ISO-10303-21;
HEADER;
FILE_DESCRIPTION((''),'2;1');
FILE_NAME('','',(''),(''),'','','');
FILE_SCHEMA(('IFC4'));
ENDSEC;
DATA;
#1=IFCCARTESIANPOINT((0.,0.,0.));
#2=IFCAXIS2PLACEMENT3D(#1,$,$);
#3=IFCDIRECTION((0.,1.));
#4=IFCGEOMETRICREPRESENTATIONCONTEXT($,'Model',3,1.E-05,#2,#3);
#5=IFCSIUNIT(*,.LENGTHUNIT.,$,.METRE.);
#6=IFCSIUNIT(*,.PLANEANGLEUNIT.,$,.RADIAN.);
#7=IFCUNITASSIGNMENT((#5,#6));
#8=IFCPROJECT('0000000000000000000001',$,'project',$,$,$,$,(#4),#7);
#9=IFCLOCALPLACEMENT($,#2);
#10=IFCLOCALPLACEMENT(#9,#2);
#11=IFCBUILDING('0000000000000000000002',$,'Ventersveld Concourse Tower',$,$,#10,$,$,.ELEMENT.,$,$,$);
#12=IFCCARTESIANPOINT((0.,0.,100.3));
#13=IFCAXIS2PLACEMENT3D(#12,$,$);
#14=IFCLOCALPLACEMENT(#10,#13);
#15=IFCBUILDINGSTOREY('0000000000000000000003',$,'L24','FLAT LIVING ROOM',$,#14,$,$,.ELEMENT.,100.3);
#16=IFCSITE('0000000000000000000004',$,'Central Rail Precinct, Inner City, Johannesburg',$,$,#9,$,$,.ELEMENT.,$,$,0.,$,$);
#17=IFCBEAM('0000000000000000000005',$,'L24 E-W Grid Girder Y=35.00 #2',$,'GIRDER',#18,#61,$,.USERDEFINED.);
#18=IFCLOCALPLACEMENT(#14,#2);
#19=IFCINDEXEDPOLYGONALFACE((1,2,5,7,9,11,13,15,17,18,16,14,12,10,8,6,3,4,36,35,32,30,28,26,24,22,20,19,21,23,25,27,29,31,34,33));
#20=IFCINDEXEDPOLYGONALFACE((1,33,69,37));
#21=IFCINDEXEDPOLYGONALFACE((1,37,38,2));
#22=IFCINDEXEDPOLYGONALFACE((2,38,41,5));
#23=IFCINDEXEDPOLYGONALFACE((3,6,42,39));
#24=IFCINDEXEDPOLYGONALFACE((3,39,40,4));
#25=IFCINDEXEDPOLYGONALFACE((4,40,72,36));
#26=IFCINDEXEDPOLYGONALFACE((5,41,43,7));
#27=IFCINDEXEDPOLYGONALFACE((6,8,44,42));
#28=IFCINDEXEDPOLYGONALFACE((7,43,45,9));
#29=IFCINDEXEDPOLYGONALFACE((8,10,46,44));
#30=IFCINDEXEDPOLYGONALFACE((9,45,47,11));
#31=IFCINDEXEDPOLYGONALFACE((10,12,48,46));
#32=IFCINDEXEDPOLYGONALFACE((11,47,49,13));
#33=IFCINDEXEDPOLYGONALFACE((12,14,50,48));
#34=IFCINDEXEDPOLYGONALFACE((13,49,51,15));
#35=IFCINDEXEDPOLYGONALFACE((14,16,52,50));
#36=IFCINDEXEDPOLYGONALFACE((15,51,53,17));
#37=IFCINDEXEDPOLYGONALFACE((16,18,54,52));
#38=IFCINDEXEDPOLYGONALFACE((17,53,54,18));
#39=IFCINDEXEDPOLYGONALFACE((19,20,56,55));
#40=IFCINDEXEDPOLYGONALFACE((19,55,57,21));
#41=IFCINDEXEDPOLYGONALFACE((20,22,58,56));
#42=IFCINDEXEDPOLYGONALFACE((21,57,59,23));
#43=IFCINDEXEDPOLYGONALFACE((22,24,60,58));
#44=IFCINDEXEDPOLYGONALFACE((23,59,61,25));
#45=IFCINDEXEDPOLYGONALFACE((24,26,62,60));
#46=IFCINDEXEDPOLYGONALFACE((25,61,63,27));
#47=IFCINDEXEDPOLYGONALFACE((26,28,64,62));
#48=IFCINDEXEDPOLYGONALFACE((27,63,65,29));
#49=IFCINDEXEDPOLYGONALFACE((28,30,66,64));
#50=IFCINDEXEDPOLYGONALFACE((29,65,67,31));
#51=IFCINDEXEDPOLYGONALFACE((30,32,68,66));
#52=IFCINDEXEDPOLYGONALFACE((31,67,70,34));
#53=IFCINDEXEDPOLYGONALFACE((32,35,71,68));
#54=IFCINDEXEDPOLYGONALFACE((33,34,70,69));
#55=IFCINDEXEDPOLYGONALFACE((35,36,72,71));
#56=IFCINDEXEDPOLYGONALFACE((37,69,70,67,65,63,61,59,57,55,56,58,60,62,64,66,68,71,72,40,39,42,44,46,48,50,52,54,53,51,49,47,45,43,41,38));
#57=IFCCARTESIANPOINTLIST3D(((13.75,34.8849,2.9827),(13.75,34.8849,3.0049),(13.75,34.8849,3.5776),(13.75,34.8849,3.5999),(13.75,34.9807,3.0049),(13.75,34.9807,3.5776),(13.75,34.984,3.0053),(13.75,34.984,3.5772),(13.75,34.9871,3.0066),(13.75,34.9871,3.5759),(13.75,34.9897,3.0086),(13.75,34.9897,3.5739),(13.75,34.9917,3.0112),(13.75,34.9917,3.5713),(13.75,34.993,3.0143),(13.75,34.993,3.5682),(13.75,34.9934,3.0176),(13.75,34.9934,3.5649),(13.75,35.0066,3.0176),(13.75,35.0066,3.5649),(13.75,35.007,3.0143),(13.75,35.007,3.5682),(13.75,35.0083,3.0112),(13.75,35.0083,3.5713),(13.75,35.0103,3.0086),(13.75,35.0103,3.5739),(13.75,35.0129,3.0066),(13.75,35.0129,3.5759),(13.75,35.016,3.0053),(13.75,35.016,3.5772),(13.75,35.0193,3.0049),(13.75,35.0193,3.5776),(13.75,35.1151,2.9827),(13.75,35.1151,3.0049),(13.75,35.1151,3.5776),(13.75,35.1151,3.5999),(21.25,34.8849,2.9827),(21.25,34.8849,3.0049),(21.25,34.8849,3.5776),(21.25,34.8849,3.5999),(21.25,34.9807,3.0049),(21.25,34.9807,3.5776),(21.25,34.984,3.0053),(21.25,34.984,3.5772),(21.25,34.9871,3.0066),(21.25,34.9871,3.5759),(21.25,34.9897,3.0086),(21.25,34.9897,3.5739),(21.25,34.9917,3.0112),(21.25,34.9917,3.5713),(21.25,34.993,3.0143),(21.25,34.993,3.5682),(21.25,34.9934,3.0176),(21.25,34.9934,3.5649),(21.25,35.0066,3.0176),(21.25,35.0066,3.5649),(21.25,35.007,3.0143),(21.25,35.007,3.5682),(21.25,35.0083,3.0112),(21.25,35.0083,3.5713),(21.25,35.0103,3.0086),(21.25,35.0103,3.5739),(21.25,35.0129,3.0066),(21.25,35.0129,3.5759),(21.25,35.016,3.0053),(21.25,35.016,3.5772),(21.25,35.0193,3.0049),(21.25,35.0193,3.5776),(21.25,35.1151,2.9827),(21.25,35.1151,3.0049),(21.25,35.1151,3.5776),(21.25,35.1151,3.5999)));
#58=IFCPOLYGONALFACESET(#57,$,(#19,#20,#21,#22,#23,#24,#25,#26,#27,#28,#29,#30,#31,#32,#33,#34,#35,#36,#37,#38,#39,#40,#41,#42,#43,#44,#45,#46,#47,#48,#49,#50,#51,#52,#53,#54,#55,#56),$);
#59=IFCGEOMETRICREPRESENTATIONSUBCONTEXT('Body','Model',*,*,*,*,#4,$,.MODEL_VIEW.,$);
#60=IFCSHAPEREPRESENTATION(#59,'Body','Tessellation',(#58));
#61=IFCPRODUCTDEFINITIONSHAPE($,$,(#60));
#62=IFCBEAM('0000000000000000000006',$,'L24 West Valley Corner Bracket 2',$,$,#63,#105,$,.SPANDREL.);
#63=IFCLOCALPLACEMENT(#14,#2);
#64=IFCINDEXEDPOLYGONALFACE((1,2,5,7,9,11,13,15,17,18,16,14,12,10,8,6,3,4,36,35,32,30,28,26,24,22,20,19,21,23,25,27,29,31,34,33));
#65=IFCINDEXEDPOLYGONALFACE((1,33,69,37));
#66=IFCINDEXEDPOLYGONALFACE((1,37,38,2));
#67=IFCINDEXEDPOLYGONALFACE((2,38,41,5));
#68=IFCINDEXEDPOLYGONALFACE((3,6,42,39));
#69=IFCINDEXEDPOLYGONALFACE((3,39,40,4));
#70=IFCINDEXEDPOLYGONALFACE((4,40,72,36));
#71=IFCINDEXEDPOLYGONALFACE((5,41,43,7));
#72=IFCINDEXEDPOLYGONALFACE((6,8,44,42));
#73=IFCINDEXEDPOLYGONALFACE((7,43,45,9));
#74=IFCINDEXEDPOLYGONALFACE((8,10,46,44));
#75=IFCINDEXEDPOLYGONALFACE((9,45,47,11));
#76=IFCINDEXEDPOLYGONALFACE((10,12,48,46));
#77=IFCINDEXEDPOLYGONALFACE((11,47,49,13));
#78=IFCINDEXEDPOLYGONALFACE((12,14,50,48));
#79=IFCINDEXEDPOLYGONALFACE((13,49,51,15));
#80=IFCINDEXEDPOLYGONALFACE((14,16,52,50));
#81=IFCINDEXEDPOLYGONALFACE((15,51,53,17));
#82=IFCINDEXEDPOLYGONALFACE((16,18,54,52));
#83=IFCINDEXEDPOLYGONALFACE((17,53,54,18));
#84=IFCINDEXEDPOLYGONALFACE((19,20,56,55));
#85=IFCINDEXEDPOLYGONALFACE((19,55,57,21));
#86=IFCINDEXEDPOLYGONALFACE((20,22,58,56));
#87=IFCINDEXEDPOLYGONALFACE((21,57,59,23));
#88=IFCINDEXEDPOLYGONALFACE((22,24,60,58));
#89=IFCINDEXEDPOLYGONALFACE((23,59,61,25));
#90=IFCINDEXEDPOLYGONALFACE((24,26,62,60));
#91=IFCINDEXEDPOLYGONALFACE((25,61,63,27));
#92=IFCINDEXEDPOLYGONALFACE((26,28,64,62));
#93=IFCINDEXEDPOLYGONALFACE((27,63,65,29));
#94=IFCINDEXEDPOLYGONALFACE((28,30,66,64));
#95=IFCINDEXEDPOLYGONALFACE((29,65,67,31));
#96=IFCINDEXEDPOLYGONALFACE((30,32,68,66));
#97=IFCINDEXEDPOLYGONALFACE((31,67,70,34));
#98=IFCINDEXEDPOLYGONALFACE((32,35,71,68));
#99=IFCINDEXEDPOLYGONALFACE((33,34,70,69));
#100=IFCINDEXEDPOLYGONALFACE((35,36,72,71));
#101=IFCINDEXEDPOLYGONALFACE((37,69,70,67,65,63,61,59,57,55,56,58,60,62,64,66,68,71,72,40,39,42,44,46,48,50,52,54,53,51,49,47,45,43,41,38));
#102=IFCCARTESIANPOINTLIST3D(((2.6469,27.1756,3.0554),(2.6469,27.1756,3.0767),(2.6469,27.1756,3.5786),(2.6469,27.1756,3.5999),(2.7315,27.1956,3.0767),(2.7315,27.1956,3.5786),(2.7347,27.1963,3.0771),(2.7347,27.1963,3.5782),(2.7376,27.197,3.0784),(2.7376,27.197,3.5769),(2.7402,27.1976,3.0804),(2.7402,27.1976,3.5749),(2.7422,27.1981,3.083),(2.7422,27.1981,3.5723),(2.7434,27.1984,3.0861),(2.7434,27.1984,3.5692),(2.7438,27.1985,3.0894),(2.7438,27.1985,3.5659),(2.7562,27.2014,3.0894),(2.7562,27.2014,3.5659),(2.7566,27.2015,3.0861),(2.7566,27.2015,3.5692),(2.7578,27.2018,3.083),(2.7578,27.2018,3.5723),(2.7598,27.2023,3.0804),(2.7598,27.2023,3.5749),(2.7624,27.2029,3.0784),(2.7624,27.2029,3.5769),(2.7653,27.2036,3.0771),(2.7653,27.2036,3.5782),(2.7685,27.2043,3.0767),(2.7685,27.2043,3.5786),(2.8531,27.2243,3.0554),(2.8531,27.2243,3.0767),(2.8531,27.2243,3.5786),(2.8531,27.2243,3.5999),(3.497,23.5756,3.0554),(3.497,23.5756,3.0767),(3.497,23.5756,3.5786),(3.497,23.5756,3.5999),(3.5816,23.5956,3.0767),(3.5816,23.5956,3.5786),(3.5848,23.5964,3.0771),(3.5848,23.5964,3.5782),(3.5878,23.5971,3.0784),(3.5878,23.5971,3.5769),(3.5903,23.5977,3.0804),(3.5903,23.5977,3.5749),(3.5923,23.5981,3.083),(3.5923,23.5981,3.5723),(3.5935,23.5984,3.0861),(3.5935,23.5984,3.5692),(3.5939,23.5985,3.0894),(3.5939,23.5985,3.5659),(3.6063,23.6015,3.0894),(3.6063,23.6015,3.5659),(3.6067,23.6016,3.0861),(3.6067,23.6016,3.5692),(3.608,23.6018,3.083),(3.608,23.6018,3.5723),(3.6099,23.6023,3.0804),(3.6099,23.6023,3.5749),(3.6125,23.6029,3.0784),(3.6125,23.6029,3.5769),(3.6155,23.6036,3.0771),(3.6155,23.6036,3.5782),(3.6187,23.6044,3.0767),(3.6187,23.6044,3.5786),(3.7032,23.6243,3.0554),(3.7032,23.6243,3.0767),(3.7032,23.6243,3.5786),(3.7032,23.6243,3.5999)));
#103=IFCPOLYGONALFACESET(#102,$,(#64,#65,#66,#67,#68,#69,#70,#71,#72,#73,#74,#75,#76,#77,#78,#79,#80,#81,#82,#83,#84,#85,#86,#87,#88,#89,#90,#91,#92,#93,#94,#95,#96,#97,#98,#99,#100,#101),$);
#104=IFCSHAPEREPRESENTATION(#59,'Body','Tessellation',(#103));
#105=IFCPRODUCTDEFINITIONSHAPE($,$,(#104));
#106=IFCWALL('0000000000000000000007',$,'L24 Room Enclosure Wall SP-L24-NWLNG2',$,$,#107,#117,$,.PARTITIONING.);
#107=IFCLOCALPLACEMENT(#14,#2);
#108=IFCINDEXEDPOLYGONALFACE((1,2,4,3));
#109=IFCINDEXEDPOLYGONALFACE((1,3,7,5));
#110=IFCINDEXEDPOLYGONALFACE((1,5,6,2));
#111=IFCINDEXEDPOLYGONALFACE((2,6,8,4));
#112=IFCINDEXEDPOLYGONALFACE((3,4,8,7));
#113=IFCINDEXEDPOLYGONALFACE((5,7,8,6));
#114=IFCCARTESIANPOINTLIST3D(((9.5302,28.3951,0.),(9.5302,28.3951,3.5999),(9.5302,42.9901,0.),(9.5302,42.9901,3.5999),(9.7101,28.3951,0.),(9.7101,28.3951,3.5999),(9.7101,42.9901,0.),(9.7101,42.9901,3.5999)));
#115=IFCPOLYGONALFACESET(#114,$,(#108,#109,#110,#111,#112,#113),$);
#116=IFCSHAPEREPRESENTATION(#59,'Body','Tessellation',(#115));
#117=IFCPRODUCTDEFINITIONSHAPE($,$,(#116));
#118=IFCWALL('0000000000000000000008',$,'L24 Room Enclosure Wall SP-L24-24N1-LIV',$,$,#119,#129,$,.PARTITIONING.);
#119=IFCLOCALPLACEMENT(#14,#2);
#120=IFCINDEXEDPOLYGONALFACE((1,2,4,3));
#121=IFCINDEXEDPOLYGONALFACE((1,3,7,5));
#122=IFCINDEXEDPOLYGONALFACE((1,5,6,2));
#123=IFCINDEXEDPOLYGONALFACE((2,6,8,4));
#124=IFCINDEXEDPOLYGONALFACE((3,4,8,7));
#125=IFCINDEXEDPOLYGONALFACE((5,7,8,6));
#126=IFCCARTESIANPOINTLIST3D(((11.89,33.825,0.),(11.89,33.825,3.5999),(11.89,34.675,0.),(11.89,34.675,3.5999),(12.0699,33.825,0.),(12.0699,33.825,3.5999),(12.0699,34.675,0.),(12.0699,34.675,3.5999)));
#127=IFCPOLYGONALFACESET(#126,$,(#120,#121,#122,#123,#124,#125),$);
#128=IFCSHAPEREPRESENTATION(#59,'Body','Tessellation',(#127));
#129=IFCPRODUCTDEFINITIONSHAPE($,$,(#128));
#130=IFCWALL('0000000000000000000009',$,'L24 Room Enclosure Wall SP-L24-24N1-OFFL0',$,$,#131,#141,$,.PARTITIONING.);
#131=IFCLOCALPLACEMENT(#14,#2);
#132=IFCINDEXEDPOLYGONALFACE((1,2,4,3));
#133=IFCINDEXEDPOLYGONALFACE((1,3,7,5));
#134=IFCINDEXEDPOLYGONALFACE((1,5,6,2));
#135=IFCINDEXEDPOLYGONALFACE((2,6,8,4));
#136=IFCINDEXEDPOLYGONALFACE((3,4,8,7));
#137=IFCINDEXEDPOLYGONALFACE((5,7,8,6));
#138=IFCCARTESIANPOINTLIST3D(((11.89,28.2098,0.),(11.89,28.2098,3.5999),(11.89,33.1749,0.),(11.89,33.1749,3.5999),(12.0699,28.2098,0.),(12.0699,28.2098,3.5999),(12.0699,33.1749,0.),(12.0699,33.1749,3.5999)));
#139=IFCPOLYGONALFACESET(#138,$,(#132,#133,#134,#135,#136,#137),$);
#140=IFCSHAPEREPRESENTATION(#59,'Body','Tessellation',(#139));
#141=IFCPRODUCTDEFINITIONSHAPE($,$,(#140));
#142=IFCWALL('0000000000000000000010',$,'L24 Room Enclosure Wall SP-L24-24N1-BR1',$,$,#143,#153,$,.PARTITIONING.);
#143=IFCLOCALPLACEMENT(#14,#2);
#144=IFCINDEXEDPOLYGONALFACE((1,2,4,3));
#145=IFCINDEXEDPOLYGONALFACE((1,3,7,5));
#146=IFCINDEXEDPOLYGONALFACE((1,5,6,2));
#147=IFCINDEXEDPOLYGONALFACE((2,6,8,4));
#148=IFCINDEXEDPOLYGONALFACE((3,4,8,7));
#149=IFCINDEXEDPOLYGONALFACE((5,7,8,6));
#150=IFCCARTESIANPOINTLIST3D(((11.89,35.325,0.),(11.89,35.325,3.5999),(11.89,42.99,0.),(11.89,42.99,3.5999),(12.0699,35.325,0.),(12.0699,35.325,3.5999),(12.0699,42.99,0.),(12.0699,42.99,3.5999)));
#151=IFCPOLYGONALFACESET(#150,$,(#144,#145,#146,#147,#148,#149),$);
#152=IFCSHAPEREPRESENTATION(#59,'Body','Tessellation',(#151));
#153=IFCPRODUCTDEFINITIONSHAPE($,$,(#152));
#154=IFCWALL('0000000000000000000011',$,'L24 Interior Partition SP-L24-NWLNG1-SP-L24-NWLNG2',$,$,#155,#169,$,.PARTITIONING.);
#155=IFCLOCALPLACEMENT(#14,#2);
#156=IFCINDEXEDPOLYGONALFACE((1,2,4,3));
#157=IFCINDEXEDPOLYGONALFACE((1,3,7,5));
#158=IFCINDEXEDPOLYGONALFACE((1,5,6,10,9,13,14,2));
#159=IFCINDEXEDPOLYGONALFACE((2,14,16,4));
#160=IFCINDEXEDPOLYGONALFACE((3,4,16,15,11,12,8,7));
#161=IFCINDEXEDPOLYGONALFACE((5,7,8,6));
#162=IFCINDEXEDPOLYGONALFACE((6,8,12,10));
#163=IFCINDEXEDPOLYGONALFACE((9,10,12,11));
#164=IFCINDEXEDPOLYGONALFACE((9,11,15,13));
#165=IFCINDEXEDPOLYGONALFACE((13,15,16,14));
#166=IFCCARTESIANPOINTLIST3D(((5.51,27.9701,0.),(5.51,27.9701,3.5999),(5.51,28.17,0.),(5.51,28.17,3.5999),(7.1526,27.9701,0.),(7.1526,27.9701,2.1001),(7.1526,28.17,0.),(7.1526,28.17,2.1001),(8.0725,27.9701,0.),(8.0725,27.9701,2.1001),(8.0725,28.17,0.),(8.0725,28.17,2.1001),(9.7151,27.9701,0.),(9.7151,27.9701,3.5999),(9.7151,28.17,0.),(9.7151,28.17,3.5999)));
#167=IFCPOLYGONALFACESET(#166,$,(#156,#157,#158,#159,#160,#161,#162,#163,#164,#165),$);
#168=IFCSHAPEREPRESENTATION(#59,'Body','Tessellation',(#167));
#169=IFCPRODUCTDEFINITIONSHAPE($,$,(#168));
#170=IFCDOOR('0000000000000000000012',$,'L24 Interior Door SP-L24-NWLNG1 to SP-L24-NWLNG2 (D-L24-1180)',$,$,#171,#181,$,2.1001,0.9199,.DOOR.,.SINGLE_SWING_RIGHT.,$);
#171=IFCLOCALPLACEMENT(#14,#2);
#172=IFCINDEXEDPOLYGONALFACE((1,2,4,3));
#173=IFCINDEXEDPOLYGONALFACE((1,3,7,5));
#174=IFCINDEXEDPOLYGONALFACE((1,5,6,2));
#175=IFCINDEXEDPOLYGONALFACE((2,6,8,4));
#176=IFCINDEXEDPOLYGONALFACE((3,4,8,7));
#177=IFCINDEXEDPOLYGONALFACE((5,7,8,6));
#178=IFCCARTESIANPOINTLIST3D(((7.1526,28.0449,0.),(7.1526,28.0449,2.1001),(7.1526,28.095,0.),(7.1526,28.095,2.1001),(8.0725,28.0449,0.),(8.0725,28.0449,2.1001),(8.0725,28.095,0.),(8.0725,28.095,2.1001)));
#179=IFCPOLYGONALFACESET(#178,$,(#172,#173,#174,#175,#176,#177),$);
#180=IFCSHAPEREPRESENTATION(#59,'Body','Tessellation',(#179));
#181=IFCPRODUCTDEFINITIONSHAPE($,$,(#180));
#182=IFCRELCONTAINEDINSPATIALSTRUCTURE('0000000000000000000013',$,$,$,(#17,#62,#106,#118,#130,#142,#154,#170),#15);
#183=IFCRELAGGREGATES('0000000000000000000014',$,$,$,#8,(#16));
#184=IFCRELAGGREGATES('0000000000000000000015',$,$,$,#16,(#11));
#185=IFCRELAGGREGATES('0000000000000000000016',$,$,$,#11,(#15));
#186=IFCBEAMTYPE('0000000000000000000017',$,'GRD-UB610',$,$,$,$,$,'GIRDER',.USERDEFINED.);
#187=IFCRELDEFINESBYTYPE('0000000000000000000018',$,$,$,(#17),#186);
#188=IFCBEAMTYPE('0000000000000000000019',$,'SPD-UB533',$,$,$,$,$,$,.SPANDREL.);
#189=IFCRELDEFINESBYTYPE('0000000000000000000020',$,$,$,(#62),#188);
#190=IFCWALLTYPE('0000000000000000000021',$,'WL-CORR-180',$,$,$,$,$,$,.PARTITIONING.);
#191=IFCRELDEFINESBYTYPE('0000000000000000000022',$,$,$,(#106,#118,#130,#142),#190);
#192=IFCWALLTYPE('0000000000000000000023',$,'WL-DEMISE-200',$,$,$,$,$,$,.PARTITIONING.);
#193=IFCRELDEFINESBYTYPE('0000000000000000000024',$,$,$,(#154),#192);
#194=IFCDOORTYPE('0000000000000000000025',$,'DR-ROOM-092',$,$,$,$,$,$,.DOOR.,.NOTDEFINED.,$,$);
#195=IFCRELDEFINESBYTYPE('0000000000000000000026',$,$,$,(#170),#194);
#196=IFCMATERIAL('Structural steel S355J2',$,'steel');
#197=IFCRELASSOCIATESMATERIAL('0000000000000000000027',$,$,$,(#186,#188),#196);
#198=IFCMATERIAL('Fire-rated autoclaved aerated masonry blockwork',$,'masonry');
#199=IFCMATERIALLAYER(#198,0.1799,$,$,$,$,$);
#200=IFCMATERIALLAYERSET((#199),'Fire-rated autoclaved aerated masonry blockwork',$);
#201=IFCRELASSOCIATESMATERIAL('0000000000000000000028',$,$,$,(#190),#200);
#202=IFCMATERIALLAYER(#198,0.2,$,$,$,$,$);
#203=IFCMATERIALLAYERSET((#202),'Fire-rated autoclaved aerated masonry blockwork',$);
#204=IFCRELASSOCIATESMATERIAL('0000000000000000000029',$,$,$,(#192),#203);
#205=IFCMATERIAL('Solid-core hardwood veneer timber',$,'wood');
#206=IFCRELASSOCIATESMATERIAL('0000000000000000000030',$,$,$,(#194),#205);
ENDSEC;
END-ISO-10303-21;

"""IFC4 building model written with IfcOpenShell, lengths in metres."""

from ifc_helpers import new_model, si_unit, direction, frame, frame_2d, origin, origin_2d, place, context, subcontext, project, spatial, rectangle, i_section, extrude, material, layer, layer_set, material_profile, profile_set, type_object, element, fill, save


model = new_model("IFC4")

# Units and contexts
model_context = context("Model", 3, precision=1e-05, world=origin(), true_north=direction((0.0, 1.0)))
body_context = subcontext(model_context, "Body", "Model", "MODEL_VIEW")
ifc_project = project(units=[si_unit("LENGTHUNIT", "METRE"), si_unit("PLANEANGLEUNIT", "RADIAN")], contexts=[model_context])

# Site, building, storey
site_placement = place(None, origin())
site = spatial("IfcSite", under=ifc_project, at=site_placement, Name="Central Rail Precinct, Inner City, Johannesburg", CompositionType="ELEMENT", RefElevation=0.0)
building_placement = place(site_placement, origin())
building = spatial("IfcBuilding", under=site, at=building_placement, Name="Ventersveld Concourse Tower", CompositionType="ELEMENT")
storey_placement = place(building_placement, frame((0.0, 0.0, 100.3)))
storey = spatial("IfcBuildingStorey", under=building, at=storey_placement, Name="L24", Description="FLAT LIVING ROOM", CompositionType="ELEMENT", Elevation=100.3)

# Beams
ifc_material_1 = material(Name="Structural steel S355J2", Category="steel")
ifc_material_profile_1 = material_profile(ifc_material_1, i_section(OverallWidth=0.2302, OverallDepth=0.6172, WebThickness=0.0132, FlangeThickness=0.0222, FilletRadius=0.0127, at=origin_2d()), Name="UB 610x229x140")
ifc_profile_set_1 = profile_set([ifc_material_profile_1], Name="Structural steel S355J2")
beam_type_1 = type_object("IfcBeamType", Name="GRD-UB610", ElementType="GIRDER", PredefinedType="USERDEFINED", material=ifc_profile_set_1)
beam_1_placement = place(storey_placement, frame((13.75, 35.0, 3.2913), z_axis=(1.0, 0.0, 0.0), x_axis=(0.0, 1.0, 0.0)))
element("IfcBeam", 1, at=beam_1_placement, inside=storey, type_object=beam_type_1, Name="L24 E-W Grid Girder Y=35.00 #2", ObjectType="GIRDER", PredefinedType="USERDEFINED", context=body_context, shape_type="SweptSolid", body=[
    extrude(i_section(OverallWidth=0.2302, OverallDepth=0.6172, WebThickness=0.0132, FlangeThickness=0.0222, FilletRadius=0.0127, at=origin_2d()), origin(), (0.0, 0.0, 1.0), 7.5),
])
ifc_material_profile_2 = material_profile(ifc_material_1, i_section(OverallWidth=0.2119, OverallDepth=0.5444, WebThickness=0.0127, FlangeThickness=0.0212, FilletRadius=0.0127, at=origin_2d()), Name="UB 533x210x122")
ifc_profile_set_2 = profile_set([ifc_material_profile_2], Name="Structural steel S355J2")
beam_type_2 = type_object("IfcBeamType", Name="SPD-UB533", PredefinedType="SPANDREL", material=ifc_profile_set_2)
beam_2_placement = place(storey_placement, frame((2.75, 27.2, 3.3276), z_axis=(0.229827, -0.973232, 0.0), x_axis=(0.973232, 0.229827, 0.0)))
element("IfcBeam", 2, at=beam_2_placement, inside=storey, type_object=beam_type_2, Name="L24 West Valley Corner Bracket 2", PredefinedType="SPANDREL", context=body_context, shape_type="SweptSolid", body=[
    extrude(i_section(OverallWidth=0.2119, OverallDepth=0.5444, WebThickness=0.0127, FlangeThickness=0.0212, FilletRadius=0.0127, at=origin_2d()), origin(), (0.0, 0.0, 1.0), 3.699),
])

# Walls
ifc_material_2 = material(Name="Fire-rated autoclaved aerated masonry blockwork", Category="masonry")
ifc_layer_1 = layer(ifc_material_2, 0.1799)
ifc_layer_set_1 = layer_set([ifc_layer_1], Name="Fire-rated autoclaved aerated masonry blockwork")
wall_type_1 = type_object("IfcWallType", Name="WL-CORR-180", PredefinedType="PARTITIONING", material=ifc_layer_set_1)
wall_1_placement = place(storey_placement, frame((9.6201, 42.99, 0.0), z_axis=(0.0, 0.0, 1.0), x_axis=(0.0, -1.0, 0.0)))
element("IfcWall", 3, at=wall_1_placement, inside=storey, type_object=wall_type_1, Name="L24 Room Enclosure Wall SP-L24-NWLNG2", PredefinedType="PARTITIONING", context=body_context, shape_type="SweptSolid", body=[
    extrude(rectangle(XDim=14.595, YDim=0.1799, at=frame_2d((7.2974, 0.0))), origin(), (0.0, 0.0, 1.0), 3.5999),
])
wall_2_placement = place(storey_placement, frame((11.98, 33.825, 0.0), z_axis=(0.0, 0.0, 1.0), x_axis=(0.0, 1.0, 0.0)))
element("IfcWall", 4, at=wall_2_placement, inside=storey, type_object=wall_type_1, Name="L24 Room Enclosure Wall SP-L24-24N1-LIV", PredefinedType="PARTITIONING", context=body_context, shape_type="SweptSolid", body=[
    extrude(rectangle(XDim=0.8501, YDim=0.1799, at=frame_2d((0.425, 0.0))), origin(), (0.0, 0.0, 1.0), 3.5999),
])
wall_3_placement = place(storey_placement, frame((11.98, 28.21, 0.0), z_axis=(0.0, 0.0, 1.0), x_axis=(0.0, 1.0, 0.0)))
element("IfcWall", 5, at=wall_3_placement, inside=storey, type_object=wall_type_1, Name="L24 Room Enclosure Wall SP-L24-24N1-OFFL0", PredefinedType="PARTITIONING", context=body_context, shape_type="SweptSolid", body=[
    extrude(rectangle(XDim=4.9651, YDim=0.1799, at=frame_2d((2.4824, 0.0))), origin(), (0.0, 0.0, 1.0), 3.5999),
])
wall_4_placement = place(storey_placement, frame((11.98, 35.325, 0.0), z_axis=(0.0, 0.0, 1.0), x_axis=(0.0, 1.0, 0.0)))
element("IfcWall", 6, at=wall_4_placement, inside=storey, type_object=wall_type_1, Name="L24 Room Enclosure Wall SP-L24-24N1-BR1", PredefinedType="PARTITIONING", context=body_context, shape_type="SweptSolid", body=[
    extrude(rectangle(XDim=7.665, YDim=0.1799, at=frame_2d((3.8325, 0.0))), origin(), (0.0, 0.0, 1.0), 3.5999),
])

# Wall, opening, door
ifc_layer_2 = layer(ifc_material_2, 0.2)
ifc_layer_set_2 = layer_set([ifc_layer_2], Name="Fire-rated autoclaved aerated masonry blockwork")
wall_type_2 = type_object("IfcWallType", Name="WL-DEMISE-200", PredefinedType="PARTITIONING", material=ifc_layer_set_2)
wall_5_placement = place(storey_placement, frame((5.51, 28.0701, 0.0), z_axis=(0.0, 0.0, 1.0), x_axis=(1.0, 0.0, 0.0)))
wall_5 = element("IfcWall", 7, at=wall_5_placement, inside=storey, type_object=wall_type_2, Name="L24 Interior Partition SP-L24-NWLNG1-SP-L24-NWLNG2", PredefinedType="PARTITIONING", context=body_context, shape_type="SweptSolid", body=[
    extrude(rectangle(XDim=4.2051, YDim=0.2, at=frame_2d((2.1025, 0.0))), origin(), (0.0, 0.0, 1.0), 3.5999),
])
opening_1_placement = place(wall_5_placement, frame((1.6426, 0.0, 0.0)))
opening_1 = element("IfcOpeningElement", 8, at=opening_1_placement, cuts=wall_5, PredefinedType="OPENING", context=body_context, shape_type="SweptSolid", body=[
    extrude(rectangle(XDim=0.9199, YDim=2.1001, at=frame_2d((0.46, 1.05))), frame((0.0, 0.1099, 0.0), z_axis=(0.0, -1.0, 0.0), x_axis=(1.0, 0.0, 0.0)), (0.0, 0.0, 1.0), 0.22),
])
ifc_material_3 = material(Name="Solid-core hardwood veneer timber", Category="wood")
door_type_1 = type_object("IfcDoorType", Name="DR-ROOM-092", OperationType="NOTDEFINED", PredefinedType="DOOR", material=ifc_material_3)
door_1_placement = place(opening_1_placement, origin())
door_1 = element("IfcDoor", 9, at=door_1_placement, inside=storey, type_object=door_type_1, Name="L24 Interior Door SP-L24-NWLNG1 to SP-L24-NWLNG2 (D-L24-1180)", OperationType="SINGLE_SWING_RIGHT", OverallHeight=2.1001, OverallWidth=0.9199, PredefinedType="DOOR", context=body_context, shape_type="SweptSolid", body=[
    extrude(rectangle(XDim=0.9199, YDim=2.1001, at=frame_2d((0.46, 1.05))), frame((0.0, 0.0249, 0.0), z_axis=(0.0, -1.0, 0.0), x_axis=(1.0, 0.0, 0.0)), (0.0, 0.0, 1.0), 0.05),
])
fill(opening_1, door_1)

save(model, "model.ifc")
